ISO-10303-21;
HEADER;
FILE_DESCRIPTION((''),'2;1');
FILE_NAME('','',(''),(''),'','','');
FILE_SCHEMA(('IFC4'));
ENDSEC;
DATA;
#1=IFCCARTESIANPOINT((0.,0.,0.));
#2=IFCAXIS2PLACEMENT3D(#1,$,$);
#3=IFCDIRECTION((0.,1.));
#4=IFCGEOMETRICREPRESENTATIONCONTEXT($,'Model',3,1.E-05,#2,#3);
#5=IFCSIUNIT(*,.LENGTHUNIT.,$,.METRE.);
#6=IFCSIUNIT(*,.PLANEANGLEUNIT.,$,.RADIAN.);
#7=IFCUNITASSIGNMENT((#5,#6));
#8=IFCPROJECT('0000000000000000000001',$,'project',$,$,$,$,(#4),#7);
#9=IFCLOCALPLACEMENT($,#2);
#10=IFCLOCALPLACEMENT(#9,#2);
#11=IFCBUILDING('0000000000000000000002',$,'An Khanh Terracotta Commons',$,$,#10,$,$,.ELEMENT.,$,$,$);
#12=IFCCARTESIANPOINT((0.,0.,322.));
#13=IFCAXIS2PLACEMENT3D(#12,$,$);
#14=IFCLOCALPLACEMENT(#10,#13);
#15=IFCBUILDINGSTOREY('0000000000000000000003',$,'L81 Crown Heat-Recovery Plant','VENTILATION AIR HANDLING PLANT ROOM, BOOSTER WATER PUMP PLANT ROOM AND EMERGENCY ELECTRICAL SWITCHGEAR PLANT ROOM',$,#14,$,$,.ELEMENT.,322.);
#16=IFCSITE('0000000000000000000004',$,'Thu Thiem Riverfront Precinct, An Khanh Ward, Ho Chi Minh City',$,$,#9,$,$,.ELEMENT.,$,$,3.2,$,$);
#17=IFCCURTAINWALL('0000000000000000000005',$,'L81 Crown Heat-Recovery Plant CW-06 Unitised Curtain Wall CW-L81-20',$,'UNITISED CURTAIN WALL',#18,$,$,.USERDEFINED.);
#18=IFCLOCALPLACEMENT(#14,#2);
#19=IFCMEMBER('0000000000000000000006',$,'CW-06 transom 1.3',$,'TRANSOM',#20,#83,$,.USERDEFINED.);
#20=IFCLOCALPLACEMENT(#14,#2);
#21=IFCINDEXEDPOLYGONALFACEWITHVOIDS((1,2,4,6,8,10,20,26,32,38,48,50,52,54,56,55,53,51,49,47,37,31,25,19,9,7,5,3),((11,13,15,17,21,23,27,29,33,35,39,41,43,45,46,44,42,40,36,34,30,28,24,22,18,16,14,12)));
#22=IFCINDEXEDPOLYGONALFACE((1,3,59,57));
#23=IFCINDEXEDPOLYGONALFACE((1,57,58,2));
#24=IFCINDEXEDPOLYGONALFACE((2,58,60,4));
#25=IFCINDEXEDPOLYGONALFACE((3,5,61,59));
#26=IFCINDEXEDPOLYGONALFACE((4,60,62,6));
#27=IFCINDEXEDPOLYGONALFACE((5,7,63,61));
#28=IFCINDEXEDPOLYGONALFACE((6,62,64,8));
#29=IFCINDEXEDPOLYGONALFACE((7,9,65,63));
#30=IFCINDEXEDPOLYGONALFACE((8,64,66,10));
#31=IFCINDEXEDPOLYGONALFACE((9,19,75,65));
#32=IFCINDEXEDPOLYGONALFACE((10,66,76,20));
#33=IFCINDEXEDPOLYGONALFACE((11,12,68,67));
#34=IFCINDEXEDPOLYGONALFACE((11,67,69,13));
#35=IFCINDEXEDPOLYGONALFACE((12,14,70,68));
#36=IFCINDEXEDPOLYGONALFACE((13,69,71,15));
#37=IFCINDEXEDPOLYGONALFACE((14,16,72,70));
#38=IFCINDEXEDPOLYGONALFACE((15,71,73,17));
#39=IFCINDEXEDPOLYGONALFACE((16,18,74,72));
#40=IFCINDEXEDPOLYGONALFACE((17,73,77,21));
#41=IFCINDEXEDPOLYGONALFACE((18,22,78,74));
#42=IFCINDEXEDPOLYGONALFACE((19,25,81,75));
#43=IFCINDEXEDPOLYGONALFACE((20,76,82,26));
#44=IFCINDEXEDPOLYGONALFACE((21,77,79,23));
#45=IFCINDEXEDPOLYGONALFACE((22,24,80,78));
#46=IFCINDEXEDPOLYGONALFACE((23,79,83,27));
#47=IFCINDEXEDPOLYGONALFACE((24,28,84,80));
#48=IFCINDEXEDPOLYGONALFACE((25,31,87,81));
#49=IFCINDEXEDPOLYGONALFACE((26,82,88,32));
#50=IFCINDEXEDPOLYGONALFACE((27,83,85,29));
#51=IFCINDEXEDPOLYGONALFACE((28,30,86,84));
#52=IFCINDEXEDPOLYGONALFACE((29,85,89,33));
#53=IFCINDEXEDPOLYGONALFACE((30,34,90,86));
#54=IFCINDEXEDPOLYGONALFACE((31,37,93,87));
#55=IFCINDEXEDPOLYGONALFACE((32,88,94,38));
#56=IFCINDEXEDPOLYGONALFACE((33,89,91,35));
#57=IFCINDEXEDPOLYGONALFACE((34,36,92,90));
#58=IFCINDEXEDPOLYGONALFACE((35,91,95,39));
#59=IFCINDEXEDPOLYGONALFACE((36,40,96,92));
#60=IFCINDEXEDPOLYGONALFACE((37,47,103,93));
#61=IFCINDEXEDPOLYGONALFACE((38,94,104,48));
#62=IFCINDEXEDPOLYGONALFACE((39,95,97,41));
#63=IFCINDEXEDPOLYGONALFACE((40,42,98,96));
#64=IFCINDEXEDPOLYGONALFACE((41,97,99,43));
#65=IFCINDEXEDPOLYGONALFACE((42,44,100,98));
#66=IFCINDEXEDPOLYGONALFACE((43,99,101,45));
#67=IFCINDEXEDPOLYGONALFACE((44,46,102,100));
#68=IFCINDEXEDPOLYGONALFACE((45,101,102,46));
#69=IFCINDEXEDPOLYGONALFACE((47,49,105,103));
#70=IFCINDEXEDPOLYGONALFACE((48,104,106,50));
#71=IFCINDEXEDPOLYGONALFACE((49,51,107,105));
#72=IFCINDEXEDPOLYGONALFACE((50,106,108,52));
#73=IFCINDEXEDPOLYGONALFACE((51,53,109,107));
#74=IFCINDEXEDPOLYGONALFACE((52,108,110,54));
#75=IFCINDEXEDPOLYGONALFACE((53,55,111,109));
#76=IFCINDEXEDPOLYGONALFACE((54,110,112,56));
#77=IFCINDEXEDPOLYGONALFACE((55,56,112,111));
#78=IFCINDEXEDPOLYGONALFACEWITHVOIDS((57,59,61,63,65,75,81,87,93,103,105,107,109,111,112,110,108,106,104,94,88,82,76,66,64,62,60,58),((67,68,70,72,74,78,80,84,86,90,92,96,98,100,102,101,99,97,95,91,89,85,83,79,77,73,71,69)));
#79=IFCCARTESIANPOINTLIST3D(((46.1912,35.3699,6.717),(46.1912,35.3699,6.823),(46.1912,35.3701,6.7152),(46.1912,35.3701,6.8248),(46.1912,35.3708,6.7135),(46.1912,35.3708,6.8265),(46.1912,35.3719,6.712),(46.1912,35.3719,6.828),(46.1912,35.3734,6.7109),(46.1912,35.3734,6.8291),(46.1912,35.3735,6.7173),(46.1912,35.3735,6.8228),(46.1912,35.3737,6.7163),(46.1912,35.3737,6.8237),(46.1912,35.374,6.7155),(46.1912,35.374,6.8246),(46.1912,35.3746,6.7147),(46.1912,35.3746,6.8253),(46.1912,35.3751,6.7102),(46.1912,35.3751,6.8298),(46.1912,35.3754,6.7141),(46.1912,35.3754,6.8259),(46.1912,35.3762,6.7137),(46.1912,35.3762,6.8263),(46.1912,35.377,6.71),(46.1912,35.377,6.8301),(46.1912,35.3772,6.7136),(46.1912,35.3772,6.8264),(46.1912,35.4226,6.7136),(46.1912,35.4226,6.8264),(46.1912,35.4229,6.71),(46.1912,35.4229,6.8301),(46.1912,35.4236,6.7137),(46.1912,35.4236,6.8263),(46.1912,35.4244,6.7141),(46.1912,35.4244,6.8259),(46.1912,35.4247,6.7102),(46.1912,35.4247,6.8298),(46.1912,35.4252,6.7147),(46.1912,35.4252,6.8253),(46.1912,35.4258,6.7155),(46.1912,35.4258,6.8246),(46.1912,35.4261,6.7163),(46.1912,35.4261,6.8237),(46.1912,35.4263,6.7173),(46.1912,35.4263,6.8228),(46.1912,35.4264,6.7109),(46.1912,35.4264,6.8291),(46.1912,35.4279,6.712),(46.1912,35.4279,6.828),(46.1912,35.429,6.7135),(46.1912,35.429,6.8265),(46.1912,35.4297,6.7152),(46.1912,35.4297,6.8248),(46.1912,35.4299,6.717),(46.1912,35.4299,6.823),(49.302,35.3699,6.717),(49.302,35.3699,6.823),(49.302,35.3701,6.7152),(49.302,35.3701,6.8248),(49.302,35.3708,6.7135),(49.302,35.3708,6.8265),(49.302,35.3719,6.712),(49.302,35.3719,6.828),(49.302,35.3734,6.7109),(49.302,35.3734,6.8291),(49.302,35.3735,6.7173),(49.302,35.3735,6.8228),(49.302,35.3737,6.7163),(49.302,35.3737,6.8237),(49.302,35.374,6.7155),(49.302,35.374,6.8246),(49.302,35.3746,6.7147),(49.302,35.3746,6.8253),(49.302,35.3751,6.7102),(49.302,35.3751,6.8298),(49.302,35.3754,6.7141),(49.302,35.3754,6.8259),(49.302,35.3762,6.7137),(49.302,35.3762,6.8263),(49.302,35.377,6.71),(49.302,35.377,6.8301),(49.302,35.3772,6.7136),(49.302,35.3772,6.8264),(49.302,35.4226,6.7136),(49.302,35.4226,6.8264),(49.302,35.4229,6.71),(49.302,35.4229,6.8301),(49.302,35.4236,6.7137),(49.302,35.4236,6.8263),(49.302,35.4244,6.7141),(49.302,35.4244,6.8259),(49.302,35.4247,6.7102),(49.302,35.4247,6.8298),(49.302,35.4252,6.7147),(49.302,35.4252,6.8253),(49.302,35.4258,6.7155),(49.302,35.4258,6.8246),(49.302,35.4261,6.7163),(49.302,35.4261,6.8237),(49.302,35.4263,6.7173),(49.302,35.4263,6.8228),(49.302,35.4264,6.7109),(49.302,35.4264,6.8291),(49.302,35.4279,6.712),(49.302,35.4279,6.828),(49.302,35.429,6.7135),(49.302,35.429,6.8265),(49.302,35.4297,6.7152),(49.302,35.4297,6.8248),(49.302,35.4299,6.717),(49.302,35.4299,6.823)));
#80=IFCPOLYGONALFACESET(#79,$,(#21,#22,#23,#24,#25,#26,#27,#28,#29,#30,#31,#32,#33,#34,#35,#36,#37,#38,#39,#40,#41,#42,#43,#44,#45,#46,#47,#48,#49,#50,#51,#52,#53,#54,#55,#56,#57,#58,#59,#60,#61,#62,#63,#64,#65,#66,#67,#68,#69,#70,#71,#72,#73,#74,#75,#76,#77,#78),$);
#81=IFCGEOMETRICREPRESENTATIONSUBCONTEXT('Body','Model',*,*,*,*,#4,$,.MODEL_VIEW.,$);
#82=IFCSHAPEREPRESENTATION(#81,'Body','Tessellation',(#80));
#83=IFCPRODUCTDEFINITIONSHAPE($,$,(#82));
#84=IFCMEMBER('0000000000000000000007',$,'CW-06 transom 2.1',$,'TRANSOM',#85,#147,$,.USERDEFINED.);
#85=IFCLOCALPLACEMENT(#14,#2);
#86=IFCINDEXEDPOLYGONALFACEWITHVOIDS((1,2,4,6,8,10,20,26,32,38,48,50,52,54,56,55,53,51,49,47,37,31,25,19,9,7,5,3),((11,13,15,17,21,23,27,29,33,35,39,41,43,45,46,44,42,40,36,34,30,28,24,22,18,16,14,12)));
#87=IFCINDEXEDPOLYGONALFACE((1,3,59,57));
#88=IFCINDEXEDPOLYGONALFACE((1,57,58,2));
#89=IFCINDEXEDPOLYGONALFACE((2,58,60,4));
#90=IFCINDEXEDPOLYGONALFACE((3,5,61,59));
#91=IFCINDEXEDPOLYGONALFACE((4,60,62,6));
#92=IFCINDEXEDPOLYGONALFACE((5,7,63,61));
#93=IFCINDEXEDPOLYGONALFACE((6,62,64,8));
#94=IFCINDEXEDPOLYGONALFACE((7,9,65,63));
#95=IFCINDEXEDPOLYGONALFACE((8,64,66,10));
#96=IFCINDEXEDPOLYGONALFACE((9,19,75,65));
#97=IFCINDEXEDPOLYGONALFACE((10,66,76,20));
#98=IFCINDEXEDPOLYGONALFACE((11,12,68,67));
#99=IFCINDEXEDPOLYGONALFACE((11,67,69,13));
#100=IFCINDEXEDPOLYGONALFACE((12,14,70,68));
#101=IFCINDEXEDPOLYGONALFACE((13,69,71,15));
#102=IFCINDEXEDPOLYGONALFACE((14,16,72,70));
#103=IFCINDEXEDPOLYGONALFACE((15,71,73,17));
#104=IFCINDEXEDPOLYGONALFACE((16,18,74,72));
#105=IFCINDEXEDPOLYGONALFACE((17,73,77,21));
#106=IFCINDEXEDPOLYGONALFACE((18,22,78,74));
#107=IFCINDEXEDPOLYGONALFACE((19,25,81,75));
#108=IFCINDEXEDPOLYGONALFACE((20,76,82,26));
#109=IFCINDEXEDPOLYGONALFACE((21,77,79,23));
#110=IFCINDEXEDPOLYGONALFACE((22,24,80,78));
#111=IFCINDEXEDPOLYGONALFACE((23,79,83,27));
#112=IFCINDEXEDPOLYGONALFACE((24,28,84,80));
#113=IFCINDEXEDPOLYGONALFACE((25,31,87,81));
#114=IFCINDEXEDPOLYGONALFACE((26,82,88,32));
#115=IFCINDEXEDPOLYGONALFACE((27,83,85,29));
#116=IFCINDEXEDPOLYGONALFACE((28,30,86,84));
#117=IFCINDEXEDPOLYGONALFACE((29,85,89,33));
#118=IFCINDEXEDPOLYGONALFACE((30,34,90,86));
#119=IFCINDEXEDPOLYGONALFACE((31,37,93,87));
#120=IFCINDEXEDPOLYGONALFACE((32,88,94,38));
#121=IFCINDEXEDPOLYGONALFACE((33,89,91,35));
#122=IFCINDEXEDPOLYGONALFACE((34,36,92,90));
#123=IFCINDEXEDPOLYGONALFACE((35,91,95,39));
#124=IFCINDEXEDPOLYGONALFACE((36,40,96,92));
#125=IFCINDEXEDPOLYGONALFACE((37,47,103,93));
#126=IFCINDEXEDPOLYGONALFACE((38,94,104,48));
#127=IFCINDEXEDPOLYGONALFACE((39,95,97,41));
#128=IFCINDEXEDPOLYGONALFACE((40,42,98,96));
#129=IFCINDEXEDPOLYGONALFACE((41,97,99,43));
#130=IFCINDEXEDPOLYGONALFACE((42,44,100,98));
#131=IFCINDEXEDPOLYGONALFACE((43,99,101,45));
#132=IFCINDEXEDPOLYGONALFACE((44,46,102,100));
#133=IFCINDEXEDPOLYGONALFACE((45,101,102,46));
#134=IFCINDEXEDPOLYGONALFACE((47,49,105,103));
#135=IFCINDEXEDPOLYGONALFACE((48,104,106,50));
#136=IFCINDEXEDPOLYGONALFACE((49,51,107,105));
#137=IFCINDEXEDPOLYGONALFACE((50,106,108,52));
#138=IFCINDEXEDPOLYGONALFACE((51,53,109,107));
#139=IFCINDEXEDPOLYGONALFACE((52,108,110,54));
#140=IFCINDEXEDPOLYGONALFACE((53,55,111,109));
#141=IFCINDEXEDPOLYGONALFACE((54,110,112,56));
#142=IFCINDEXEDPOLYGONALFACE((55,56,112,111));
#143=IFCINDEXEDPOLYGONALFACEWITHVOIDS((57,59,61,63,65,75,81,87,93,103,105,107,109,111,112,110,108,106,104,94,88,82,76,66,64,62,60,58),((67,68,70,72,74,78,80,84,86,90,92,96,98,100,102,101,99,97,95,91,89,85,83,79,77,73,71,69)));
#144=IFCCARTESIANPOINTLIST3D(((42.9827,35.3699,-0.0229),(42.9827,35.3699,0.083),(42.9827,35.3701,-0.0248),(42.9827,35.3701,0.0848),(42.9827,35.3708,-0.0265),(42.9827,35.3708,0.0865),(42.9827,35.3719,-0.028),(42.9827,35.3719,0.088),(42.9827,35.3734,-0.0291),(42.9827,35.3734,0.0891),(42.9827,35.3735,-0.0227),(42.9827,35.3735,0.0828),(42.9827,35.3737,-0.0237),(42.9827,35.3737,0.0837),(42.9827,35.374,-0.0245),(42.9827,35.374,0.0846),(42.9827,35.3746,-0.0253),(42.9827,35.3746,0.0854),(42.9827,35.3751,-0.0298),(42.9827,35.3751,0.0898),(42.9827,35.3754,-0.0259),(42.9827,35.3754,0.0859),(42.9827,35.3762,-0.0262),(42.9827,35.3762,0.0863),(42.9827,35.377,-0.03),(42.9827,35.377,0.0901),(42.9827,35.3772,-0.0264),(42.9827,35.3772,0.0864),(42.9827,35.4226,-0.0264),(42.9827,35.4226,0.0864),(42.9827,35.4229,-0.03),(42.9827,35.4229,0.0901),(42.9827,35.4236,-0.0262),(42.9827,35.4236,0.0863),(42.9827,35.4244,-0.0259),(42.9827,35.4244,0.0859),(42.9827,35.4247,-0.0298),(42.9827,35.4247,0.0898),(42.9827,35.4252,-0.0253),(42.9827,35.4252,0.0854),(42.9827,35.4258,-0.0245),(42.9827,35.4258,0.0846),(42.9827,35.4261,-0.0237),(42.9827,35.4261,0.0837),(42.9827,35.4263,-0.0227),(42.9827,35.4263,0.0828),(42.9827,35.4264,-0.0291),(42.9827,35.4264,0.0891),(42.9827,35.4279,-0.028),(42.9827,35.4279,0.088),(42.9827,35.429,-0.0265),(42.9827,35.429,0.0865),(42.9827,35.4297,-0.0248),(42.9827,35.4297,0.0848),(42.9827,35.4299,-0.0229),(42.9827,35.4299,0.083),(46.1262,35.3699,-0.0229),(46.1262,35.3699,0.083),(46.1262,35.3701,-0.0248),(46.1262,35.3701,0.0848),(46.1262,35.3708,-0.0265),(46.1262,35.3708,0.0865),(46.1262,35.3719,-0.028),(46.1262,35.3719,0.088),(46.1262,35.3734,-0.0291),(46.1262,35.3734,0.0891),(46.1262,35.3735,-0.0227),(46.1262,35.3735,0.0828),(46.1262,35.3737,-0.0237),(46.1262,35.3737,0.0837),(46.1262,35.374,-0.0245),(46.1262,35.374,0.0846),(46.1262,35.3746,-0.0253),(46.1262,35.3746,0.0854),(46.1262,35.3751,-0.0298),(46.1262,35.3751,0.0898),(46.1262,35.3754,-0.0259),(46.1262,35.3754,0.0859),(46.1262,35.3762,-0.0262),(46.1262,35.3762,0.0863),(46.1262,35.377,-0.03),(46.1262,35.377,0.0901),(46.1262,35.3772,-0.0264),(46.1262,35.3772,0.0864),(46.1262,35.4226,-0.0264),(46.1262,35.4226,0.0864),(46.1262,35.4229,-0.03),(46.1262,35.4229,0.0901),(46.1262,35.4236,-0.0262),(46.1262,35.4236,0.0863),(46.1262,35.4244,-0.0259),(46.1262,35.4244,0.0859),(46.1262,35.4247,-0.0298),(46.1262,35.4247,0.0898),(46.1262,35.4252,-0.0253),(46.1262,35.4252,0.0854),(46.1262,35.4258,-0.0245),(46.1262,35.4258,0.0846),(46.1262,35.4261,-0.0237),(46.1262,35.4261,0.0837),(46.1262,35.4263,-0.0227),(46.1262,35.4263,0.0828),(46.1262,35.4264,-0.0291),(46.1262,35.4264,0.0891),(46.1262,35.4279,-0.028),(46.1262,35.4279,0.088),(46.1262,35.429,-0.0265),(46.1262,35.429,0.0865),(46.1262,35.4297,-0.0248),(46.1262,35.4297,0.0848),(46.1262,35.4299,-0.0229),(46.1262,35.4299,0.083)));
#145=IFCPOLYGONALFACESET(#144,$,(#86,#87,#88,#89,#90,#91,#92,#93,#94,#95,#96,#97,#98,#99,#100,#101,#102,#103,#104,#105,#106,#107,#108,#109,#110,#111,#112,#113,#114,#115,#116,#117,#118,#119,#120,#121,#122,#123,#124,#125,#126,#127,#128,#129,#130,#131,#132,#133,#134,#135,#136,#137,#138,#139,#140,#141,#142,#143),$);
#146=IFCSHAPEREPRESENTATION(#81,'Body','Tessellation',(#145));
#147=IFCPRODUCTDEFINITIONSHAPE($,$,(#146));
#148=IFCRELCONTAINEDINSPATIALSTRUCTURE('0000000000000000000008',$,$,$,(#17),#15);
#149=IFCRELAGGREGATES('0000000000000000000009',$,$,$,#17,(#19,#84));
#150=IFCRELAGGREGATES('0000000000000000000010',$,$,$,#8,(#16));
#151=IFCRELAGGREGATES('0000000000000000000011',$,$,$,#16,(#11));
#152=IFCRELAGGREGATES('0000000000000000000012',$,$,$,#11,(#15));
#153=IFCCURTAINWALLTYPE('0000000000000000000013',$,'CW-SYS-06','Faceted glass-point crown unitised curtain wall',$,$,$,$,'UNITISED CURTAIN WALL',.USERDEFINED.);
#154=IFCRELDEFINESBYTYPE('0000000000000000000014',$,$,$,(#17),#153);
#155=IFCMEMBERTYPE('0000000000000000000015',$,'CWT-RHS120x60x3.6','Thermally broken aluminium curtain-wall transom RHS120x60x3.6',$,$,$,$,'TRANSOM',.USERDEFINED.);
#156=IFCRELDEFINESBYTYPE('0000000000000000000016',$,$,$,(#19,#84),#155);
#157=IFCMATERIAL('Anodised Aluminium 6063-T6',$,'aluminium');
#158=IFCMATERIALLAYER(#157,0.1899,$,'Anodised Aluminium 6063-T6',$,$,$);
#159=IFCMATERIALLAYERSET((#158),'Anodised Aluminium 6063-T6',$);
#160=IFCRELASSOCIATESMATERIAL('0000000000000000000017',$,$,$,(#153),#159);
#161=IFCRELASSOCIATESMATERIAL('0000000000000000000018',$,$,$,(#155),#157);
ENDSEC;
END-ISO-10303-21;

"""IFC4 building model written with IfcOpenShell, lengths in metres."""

from ifc_helpers import new_model, si_unit, direction, frame, origin, origin_2d, place, context, subcontext, project, spatial, hollow_rectangle, extrude, material, layer, layer_set, material_profile, profile_set, type_object, element, aggregate, save


model = new_model("IFC4")

# Units and contexts
model_context = context("Model", 3, precision=1e-05, world=origin(), true_north=direction((0.0, 1.0)))
body_context = subcontext(model_context, "Body", "Model", "MODEL_VIEW")
ifc_project = project(units=[si_unit("LENGTHUNIT", "METRE"), si_unit("PLANEANGLEUNIT", "RADIAN")], contexts=[model_context])

# Site, building, storey
site_placement = place(None, origin())
site = spatial("IfcSite", under=ifc_project, at=site_placement, Name="Thu Thiem Riverfront Precinct, An Khanh Ward, Ho Chi Minh City", CompositionType="ELEMENT", RefElevation=3.2)
building_placement = place(site_placement, origin())
building = spatial("IfcBuilding", under=site, at=building_placement, Name="An Khanh Terracotta Commons", CompositionType="ELEMENT")
storey_placement = place(building_placement, frame((0.0, 0.0, 322.0)))
storey = spatial("IfcBuildingStorey", under=building, at=storey_placement, Name="L81 Crown Heat-Recovery Plant", Description="VENTILATION AIR HANDLING PLANT ROOM, BOOSTER WATER PUMP PLANT ROOM AND EMERGENCY ELECTRICAL SWITCHGEAR PLANT ROOM", CompositionType="ELEMENT", Elevation=322.0)

# Curtain wall, members
ifc_material_1 = material(Name="Anodised Aluminium 6063-T6", Category="aluminium")
ifc_layer_1 = layer(ifc_material_1, 0.1899, Name="Anodised Aluminium 6063-T6")
ifc_layer_set_1 = layer_set([ifc_layer_1], Name="Anodised Aluminium 6063-T6")
curtain_wall_type = type_object("IfcCurtainWallType", Name="CW-SYS-06", Description="Faceted glass-point crown unitised curtain wall", ElementType="UNITISED CURTAIN WALL", PredefinedType="USERDEFINED", material=ifc_layer_set_1)
curtain_wall_placement = place(storey_placement, origin())
curtain_wall = element("IfcCurtainWall", 1, at=curtain_wall_placement, inside=storey, type_object=curtain_wall_type, Name="L81 Crown Heat-Recovery Plant CW-06 Unitised Curtain Wall CW-L81-20", ObjectType="UNITISED CURTAIN WALL", PredefinedType="USERDEFINED")
ifc_material_profile_1 = material_profile(ifc_material_1, hollow_rectangle(XDim=0.0601, YDim=0.1201, WallThickness=0.0037, InnerFilletRadius=0.0037, OuterFilletRadius=0.0071, at=origin_2d()), Name="RHS120x60x3.6")
ifc_profile_set_1 = profile_set([ifc_material_profile_1], Name="Anodised Aluminium 6063-T6")
member_type_1 = type_object("IfcMemberType", Name="CWT-RHS120x60x3.6", Description="Thermally broken aluminium curtain-wall transom RHS120x60x3.6", ElementType="TRANSOM", PredefinedType="USERDEFINED", material=ifc_profile_set_1)
member_1_placement = place(storey_placement, frame((49.302, 35.3999, 6.77), z_axis=(-1.0, 0.0, 0.0), x_axis=(0.0, -1.0, 0.0)))
member_1 = element("IfcMember", 2, at=member_1_placement, type_object=member_type_1, Name="CW-06 transom 1.3", ObjectType="TRANSOM", PredefinedType="USERDEFINED", context=body_context, shape_type="SweptSolid", body=[
    extrude(hollow_rectangle(XDim=0.0601, YDim=0.1201, WallThickness=0.0037, InnerFilletRadius=0.0037, OuterFilletRadius=0.0071, at=origin_2d()), origin(), (0.0, 0.0, 1.0), 3.1108),
])
member_2_placement = place(storey_placement, frame((46.1262, 35.3999, 0.03), z_axis=(-1.0, 0.0, 0.0), x_axis=(0.0, -1.0, 0.0)))
member_2 = element("IfcMember", 3, at=member_2_placement, type_object=member_type_1, Name="CW-06 transom 2.1", ObjectType="TRANSOM", PredefinedType="USERDEFINED", context=body_context, shape_type="SweptSolid", body=[
    extrude(hollow_rectangle(XDim=0.0601, YDim=0.1201, WallThickness=0.0037, InnerFilletRadius=0.0037, OuterFilletRadius=0.0071, at=origin_2d()), origin(), (0.0, 0.0, 1.0), 3.1436),
])

aggregate(curtain_wall, [member_1, member_2])

save(model, "model.ifc")
